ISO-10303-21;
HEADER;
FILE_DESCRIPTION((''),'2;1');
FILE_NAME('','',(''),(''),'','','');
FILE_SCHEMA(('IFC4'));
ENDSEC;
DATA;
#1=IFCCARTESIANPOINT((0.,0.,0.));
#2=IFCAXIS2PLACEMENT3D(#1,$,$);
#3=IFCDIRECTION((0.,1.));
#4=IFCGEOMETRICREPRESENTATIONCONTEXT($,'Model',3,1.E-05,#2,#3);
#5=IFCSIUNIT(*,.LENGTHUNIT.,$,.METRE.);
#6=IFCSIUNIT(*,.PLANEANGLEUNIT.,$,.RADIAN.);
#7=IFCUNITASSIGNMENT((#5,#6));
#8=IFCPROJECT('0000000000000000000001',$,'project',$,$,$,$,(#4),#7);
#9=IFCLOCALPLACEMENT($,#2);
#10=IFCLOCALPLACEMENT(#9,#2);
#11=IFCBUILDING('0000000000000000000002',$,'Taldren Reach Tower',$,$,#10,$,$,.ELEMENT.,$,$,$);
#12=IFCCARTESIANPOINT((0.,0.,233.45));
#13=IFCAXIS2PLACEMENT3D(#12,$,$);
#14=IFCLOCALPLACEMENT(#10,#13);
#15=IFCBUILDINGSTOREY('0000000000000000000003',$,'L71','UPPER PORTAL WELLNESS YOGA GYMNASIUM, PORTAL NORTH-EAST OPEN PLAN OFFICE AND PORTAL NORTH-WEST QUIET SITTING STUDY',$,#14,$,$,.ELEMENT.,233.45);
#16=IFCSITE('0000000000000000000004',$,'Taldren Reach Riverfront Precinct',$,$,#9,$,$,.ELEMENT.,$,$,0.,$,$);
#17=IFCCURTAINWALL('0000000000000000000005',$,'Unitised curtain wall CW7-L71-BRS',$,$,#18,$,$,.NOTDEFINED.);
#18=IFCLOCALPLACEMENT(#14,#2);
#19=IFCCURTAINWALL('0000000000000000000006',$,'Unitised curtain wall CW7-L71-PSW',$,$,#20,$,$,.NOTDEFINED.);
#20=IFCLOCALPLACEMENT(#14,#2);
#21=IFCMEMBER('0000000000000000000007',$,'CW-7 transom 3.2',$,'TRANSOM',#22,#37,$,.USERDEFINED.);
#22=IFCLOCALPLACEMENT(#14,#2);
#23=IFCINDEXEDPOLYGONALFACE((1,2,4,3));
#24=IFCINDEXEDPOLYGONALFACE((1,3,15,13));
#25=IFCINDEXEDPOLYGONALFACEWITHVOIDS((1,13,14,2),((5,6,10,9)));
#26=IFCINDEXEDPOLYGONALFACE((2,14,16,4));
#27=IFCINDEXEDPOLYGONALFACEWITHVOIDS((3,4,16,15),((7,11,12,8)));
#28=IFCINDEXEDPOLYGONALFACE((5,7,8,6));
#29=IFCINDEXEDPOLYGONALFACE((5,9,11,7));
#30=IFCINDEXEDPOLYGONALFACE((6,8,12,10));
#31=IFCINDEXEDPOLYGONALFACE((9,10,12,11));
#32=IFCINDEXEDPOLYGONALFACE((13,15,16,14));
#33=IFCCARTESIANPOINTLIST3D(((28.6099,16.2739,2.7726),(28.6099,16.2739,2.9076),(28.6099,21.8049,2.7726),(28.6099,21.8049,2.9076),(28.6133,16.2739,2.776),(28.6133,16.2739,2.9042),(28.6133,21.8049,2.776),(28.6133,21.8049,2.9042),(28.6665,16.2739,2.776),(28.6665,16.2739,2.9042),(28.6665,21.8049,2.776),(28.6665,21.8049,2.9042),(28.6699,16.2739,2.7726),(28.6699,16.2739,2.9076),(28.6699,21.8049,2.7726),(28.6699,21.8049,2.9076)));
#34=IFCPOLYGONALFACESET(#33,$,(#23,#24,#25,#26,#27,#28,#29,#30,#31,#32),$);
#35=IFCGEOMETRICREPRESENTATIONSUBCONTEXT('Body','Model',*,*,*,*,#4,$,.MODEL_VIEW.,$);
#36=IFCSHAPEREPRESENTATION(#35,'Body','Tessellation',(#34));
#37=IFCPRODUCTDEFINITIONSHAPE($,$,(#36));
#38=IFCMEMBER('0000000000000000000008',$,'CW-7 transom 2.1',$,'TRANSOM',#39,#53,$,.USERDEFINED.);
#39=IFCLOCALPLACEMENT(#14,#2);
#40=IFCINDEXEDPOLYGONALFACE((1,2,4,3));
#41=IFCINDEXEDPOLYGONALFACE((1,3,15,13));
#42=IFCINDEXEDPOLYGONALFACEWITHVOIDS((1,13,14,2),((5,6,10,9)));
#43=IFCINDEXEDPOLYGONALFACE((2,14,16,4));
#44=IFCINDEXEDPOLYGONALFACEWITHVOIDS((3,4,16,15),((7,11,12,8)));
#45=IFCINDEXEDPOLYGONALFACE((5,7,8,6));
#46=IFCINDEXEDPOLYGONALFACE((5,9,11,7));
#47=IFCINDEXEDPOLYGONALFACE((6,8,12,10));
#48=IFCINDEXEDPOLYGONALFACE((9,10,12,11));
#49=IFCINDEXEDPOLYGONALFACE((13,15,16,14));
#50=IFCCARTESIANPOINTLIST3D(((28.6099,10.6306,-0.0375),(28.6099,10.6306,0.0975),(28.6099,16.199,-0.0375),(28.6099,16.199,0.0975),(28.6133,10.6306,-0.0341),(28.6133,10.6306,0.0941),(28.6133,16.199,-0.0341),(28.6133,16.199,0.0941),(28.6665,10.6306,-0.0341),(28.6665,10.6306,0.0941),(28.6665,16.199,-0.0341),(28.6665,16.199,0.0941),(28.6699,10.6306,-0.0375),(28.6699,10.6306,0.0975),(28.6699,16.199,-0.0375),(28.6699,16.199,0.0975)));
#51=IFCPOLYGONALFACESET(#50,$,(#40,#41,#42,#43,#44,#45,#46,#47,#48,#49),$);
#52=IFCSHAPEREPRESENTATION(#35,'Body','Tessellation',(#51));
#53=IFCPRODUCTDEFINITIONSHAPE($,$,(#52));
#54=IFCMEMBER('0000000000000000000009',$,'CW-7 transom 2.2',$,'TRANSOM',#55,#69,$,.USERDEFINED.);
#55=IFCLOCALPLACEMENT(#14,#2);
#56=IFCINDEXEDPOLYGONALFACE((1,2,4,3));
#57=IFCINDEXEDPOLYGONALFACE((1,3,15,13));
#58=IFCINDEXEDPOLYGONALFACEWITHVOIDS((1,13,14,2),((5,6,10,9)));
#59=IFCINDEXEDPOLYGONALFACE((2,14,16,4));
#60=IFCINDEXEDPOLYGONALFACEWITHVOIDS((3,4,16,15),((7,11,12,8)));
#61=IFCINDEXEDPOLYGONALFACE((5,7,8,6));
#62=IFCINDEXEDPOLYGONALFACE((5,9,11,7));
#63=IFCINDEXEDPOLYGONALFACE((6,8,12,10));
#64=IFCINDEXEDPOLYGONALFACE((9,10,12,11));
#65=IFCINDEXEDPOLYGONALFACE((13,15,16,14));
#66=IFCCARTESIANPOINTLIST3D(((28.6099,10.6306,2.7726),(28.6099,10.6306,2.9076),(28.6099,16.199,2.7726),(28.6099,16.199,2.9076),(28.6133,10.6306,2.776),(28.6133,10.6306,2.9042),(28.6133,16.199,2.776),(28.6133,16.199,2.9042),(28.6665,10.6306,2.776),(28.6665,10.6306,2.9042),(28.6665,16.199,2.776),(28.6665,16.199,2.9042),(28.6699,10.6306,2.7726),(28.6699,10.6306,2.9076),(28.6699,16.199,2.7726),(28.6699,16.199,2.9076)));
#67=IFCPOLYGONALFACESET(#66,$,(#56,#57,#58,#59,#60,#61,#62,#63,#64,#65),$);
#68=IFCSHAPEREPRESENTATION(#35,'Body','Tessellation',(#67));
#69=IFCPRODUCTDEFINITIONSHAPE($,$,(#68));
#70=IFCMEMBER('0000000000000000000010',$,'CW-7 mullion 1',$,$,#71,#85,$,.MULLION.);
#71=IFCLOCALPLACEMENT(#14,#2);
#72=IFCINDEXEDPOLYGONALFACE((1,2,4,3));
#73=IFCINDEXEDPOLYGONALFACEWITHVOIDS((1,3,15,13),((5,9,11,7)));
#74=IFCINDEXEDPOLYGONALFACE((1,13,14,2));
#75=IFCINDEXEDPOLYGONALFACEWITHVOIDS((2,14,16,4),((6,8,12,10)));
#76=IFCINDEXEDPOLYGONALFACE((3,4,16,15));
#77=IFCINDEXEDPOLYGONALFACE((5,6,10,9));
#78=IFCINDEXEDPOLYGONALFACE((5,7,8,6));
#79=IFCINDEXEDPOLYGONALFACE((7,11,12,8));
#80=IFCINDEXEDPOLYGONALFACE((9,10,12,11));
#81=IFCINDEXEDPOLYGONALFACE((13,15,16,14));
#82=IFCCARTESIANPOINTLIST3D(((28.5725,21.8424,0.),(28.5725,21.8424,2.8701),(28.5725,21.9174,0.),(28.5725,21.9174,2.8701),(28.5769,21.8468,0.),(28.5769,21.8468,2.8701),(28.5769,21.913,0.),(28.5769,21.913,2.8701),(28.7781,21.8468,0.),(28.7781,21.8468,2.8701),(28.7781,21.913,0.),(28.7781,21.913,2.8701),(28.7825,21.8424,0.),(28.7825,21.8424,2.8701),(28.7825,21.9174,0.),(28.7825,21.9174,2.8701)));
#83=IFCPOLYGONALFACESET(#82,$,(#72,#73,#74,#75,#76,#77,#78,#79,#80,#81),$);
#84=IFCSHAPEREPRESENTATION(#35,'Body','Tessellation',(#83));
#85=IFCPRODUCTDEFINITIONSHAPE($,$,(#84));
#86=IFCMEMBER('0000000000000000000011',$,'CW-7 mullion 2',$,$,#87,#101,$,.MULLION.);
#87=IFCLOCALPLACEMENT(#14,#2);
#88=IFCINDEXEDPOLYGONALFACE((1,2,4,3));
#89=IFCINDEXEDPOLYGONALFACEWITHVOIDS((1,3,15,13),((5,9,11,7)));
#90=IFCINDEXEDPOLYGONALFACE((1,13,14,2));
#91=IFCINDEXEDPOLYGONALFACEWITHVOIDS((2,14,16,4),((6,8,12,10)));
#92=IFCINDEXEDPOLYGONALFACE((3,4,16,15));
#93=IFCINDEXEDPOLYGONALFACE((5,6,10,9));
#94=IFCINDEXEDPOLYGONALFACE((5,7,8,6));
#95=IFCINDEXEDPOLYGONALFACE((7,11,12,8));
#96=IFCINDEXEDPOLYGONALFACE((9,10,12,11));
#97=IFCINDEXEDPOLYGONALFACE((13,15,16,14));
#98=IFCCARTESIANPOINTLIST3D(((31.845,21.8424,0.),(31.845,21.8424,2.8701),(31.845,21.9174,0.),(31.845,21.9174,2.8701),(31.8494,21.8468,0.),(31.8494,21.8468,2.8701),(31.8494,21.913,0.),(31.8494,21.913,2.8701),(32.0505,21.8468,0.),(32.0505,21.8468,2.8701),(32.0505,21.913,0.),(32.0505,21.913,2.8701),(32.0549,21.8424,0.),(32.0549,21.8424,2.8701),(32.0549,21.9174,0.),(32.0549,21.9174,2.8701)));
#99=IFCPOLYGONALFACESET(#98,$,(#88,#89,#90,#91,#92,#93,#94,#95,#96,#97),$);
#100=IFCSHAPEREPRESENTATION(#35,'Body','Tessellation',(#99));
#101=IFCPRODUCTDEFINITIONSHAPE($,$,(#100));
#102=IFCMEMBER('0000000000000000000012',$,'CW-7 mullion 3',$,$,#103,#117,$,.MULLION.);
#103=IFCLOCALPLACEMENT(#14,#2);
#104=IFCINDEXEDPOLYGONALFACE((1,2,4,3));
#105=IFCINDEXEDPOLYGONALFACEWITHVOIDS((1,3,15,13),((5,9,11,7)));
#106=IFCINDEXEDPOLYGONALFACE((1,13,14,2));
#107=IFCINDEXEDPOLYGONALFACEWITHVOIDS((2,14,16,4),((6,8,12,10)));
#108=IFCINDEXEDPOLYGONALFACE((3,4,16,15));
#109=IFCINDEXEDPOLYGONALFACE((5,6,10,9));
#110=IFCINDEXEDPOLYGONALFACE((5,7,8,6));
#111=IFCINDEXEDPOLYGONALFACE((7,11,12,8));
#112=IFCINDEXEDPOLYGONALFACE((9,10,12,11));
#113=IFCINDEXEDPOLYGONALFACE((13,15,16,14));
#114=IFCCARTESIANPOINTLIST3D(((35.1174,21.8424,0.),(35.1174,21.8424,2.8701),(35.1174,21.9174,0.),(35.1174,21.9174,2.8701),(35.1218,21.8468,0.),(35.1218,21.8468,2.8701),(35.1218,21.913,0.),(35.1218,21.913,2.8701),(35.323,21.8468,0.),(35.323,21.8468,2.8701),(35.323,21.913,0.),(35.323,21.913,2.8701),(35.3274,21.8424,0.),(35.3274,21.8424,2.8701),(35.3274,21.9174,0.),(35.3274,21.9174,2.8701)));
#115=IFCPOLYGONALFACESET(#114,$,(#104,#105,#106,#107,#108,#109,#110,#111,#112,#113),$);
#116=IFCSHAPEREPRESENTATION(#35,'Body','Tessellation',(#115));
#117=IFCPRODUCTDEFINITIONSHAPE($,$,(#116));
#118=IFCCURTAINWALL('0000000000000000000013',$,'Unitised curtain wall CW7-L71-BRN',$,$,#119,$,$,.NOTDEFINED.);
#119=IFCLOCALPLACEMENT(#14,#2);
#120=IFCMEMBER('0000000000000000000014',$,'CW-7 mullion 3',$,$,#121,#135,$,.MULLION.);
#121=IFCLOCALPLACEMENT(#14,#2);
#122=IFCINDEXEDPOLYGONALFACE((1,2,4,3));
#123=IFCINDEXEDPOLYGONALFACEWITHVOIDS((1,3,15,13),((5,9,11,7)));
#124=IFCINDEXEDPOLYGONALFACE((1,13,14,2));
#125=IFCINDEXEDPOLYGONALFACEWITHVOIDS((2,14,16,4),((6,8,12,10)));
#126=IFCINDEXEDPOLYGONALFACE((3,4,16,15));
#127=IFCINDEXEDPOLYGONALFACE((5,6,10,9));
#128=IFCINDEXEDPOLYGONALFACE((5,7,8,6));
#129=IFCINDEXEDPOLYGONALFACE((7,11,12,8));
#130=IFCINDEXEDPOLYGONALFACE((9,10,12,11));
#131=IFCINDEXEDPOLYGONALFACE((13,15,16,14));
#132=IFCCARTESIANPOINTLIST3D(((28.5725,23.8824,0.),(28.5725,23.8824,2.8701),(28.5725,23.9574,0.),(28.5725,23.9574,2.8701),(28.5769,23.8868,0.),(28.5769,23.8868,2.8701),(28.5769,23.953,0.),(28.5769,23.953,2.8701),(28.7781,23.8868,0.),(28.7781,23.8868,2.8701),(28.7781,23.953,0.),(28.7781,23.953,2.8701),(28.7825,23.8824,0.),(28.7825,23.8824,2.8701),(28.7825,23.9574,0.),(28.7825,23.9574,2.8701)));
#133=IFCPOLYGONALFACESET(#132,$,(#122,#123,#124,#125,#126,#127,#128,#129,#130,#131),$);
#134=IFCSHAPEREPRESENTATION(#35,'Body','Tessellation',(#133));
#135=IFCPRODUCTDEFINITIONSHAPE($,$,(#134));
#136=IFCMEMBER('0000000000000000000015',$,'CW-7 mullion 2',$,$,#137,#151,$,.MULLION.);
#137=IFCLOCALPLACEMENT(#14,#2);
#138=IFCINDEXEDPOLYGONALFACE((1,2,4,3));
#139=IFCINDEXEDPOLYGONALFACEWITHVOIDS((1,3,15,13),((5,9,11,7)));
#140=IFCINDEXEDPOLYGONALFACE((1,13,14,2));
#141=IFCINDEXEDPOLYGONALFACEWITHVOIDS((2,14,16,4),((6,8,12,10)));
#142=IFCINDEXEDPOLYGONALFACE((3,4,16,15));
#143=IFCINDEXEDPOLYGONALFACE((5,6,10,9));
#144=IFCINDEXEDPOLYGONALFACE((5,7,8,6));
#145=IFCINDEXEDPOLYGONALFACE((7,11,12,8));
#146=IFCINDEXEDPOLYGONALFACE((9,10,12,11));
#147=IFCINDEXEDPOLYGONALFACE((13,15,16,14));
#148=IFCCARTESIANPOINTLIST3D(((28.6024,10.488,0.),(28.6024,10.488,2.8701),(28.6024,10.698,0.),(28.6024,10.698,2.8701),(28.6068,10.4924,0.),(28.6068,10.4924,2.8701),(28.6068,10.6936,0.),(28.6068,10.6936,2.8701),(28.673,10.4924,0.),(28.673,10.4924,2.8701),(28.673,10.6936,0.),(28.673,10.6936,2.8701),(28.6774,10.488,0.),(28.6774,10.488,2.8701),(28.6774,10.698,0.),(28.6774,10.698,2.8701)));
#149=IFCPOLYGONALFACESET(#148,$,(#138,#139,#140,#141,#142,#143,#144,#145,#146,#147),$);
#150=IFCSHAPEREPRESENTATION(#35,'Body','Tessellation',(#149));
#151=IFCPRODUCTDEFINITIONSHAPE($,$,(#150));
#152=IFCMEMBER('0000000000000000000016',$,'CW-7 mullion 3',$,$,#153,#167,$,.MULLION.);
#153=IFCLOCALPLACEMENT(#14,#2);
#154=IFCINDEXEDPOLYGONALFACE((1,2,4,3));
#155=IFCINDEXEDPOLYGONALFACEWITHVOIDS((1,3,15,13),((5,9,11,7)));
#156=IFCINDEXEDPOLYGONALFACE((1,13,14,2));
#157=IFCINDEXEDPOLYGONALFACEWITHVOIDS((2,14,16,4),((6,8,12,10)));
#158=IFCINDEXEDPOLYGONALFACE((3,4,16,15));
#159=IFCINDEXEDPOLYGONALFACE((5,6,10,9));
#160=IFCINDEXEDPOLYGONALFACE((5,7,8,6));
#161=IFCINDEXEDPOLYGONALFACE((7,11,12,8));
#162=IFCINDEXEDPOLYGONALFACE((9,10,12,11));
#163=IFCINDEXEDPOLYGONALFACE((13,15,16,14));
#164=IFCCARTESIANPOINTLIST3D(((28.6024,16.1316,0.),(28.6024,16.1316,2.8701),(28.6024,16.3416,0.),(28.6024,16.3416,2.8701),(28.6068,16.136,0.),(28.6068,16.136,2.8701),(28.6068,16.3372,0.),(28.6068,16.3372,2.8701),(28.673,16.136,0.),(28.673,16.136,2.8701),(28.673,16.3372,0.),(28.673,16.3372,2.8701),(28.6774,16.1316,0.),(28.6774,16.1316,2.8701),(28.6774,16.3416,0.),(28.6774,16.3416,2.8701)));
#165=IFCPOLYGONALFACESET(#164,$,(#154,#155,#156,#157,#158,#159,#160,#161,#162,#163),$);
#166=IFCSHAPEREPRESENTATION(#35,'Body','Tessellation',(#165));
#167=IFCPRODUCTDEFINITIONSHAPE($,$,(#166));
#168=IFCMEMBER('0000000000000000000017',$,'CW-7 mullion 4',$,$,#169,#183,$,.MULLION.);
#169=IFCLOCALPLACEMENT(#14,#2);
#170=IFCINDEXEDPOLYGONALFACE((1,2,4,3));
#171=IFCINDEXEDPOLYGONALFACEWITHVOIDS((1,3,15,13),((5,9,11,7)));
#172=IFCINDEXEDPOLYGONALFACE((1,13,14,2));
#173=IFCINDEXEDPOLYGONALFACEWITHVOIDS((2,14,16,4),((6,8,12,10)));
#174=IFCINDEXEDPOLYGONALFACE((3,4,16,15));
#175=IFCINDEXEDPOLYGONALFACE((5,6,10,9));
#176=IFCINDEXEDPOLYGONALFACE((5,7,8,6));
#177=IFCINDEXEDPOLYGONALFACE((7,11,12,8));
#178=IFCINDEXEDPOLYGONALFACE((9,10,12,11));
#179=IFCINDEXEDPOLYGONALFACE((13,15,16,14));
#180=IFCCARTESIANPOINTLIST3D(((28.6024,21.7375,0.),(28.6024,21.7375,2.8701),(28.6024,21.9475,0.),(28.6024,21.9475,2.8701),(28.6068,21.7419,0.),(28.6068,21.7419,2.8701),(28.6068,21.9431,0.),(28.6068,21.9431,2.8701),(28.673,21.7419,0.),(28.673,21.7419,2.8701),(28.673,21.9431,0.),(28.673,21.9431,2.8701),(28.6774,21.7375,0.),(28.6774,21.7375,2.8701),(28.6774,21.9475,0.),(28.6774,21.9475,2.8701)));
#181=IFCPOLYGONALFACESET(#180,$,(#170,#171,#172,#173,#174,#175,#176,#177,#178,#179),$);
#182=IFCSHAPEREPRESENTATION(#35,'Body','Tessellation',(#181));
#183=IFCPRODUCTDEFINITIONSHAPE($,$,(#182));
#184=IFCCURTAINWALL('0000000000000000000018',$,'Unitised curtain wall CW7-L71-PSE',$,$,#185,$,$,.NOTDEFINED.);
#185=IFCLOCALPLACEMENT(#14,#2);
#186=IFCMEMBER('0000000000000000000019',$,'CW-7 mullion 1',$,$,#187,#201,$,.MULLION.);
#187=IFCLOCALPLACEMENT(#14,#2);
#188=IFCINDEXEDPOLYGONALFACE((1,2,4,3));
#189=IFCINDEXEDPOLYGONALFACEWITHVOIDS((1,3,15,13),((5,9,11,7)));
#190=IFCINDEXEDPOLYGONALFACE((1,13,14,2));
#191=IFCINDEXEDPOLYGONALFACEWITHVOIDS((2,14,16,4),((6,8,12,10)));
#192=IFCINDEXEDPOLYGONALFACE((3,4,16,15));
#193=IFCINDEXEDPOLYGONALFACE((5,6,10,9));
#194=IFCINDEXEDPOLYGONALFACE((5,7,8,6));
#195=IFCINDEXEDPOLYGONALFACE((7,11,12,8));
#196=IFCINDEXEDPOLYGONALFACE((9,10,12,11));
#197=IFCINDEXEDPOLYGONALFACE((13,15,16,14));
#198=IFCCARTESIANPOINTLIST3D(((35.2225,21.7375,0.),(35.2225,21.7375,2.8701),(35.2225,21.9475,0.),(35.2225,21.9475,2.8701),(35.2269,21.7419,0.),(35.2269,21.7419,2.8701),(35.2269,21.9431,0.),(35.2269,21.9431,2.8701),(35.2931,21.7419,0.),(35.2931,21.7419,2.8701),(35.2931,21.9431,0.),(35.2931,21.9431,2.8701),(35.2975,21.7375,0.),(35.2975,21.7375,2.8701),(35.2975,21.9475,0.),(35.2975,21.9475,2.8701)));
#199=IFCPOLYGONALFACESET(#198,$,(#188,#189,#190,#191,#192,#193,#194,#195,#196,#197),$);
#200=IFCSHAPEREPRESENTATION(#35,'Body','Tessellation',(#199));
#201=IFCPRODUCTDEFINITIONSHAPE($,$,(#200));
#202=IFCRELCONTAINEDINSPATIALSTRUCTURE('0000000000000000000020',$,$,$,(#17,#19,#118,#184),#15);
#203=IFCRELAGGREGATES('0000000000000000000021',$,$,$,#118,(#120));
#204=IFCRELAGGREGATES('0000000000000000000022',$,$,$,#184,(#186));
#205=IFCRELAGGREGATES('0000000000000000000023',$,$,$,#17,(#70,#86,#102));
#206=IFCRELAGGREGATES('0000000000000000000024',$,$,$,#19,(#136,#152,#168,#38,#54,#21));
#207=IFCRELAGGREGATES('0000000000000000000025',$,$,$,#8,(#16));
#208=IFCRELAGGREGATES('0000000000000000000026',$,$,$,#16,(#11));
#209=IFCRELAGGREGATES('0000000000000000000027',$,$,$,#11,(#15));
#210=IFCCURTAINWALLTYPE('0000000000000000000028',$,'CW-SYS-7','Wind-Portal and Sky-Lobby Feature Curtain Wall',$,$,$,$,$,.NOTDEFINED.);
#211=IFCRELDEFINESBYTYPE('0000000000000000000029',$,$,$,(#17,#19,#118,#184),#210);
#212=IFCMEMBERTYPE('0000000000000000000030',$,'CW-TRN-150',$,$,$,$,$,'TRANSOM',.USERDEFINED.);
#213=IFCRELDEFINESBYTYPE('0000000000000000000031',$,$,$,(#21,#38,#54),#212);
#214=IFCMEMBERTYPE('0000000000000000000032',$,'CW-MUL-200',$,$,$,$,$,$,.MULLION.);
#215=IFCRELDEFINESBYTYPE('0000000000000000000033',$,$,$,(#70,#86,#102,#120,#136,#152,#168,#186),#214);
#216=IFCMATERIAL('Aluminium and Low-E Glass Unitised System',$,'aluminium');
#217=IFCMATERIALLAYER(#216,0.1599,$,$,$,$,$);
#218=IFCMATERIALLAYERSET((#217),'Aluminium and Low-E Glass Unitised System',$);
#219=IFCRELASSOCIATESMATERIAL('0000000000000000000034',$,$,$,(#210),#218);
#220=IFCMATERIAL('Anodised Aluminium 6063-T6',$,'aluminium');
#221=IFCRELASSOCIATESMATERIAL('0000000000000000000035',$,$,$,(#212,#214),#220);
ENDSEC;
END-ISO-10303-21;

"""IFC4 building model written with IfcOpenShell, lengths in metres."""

from ifc_helpers import new_model, si_unit, direction, frame, origin, origin_2d, place, context, subcontext, project, spatial, hollow_rectangle, extrude, source, transform, mapped, material, layer, layer_set, material_profile, profile_set, type_object, element, aggregate, save


model = new_model("IFC4")

# Units and contexts
model_context = context("Model", 3, precision=1e-05, world=origin(), true_north=direction((0.0, 1.0)))
body_context = subcontext(model_context, "Body", "Model", "MODEL_VIEW")
ifc_project = project(units=[si_unit("LENGTHUNIT", "METRE"), si_unit("PLANEANGLEUNIT", "RADIAN")], contexts=[model_context])

# Site, building, storey
site_placement = place(None, origin())
site = spatial("IfcSite", under=ifc_project, at=site_placement, Name="Taldren Reach Riverfront Precinct", CompositionType="ELEMENT", RefElevation=0.0)
building_placement = place(site_placement, origin())
building = spatial("IfcBuilding", under=site, at=building_placement, Name="Taldren Reach Tower", CompositionType="ELEMENT")
storey_placement = place(building_placement, frame((0.0, 0.0, 233.45)))
storey = spatial("IfcBuildingStorey", under=building, at=storey_placement, Name="L71", Description="UPPER PORTAL WELLNESS YOGA GYMNASIUM, PORTAL NORTH-EAST OPEN PLAN OFFICE AND PORTAL NORTH-WEST QUIET SITTING STUDY", CompositionType="ELEMENT", Elevation=233.45)

# Curtain walls, members
ifc_material_1 = material(Name="Aluminium and Low-E Glass Unitised System", Category="aluminium")
ifc_layer_1 = layer(ifc_material_1, 0.1599)
ifc_layer_set_1 = layer_set([ifc_layer_1], Name="Aluminium and Low-E Glass Unitised System")
curtain_wall_type = type_object("IfcCurtainWallType", Name="CW-SYS-7", Description="Wind-Portal and Sky-Lobby Feature Curtain Wall", PredefinedType="NOTDEFINED", material=ifc_layer_set_1)
curtain_wall_1_placement = place(storey_placement, origin())
curtain_wall_1 = element("IfcCurtainWall", 1, at=curtain_wall_1_placement, inside=storey, type_object=curtain_wall_type, Name="Unitised curtain wall CW7-L71-BRS", PredefinedType="NOTDEFINED")
ifc_material_2 = material(Name="Anodised Aluminium 6063-T6", Category="aluminium")
ifc_material_profile_1 = material_profile(ifc_material_2, hollow_rectangle(XDim=0.0601, YDim=0.135, WallThickness=0.0034, at=origin_2d()), Name="ALU-135x60x3.5RHS")
ifc_profile_set_1 = profile_set([ifc_material_profile_1], Name="Anodised Aluminium 6063-T6")
member_type_1 = type_object("IfcMemberType", Name="CW-TRN-150", ElementType="TRANSOM", PredefinedType="USERDEFINED", material=ifc_profile_set_1)
curtain_wall_2_placement = place(storey_placement, origin())
curtain_wall_2 = element("IfcCurtainWall", 2, at=curtain_wall_2_placement, inside=storey, type_object=curtain_wall_type, Name="Unitised curtain wall CW7-L71-PSW", PredefinedType="NOTDEFINED")
shared_shape_1 = source(origin(), body_context, "Body", "SweptSolid", [
    extrude(hollow_rectangle(XDim=0.0601, YDim=0.135, WallThickness=0.0034, at=origin_2d()), origin(), (0.0, 0.0, 1.0), 5.531),
])
member_1_placement = place(storey_placement, frame((28.6399, 16.2739, 2.8401), z_axis=(0.0, 1.0, 0.0), x_axis=(-1.0, 0.0, 0.0)))
member_1 = element("IfcMember", 3, at=member_1_placement, type_object=member_type_1, Name="CW-7 transom 3.2", ObjectType="TRANSOM", PredefinedType="USERDEFINED", context=body_context, shape_type="MappedRepresentation", body=[
    mapped(shared_shape_1, transform((0.0, 0.0, 0.0), scale=1.0)),
])
shared_shape_2 = source(origin(), body_context, "Body", "SweptSolid", [
    extrude(hollow_rectangle(XDim=0.0601, YDim=0.135, WallThickness=0.0034, at=origin_2d()), origin(), (0.0, 0.0, 1.0), 5.5684),
])
member_2_placement = place(storey_placement, frame((28.6399, 10.6306, 0.03), z_axis=(0.0, 1.0, 0.0), x_axis=(-1.0, 0.0, 0.0)))
member_2 = element("IfcMember", 4, at=member_2_placement, type_object=member_type_1, Name="CW-7 transom 2.1", ObjectType="TRANSOM", PredefinedType="USERDEFINED", context=body_context, shape_type="MappedRepresentation", body=[
    mapped(shared_shape_2, transform((0.0, 0.0, 0.0), scale=1.0)),
])
member_3_placement = place(storey_placement, frame((28.6399, 10.6306, 2.8401), z_axis=(0.0, 1.0, 0.0), x_axis=(-1.0, 0.0, 0.0)))
member_3 = element("IfcMember", 5, at=member_3_placement, type_object=member_type_1, Name="CW-7 transom 2.2", ObjectType="TRANSOM", PredefinedType="USERDEFINED", context=body_context, shape_type="MappedRepresentation", body=[
    mapped(shared_shape_2, transform((0.0, 0.0, 0.0), scale=1.0)),
])

# Members
ifc_material_profile_2 = material_profile(ifc_material_2, hollow_rectangle(XDim=0.075, YDim=0.21, WallThickness=0.0044, at=origin_2d()), Name="ALU-210x75x4.5RHS")
ifc_profile_set_2 = profile_set([ifc_material_profile_2], Name="Anodised Aluminium 6063-T6")
member_type_2 = type_object("IfcMemberType", Name="CW-MUL-200", PredefinedType="MULLION", material=ifc_profile_set_2)
shared_shape_3 = source(origin(), body_context, "Body", "SweptSolid", [
    extrude(hollow_rectangle(XDim=0.075, YDim=0.21, WallThickness=0.0044, at=origin_2d()), origin(), (0.0, 0.0, 1.0), 2.8701),
])
member_4_placement = place(storey_placement, frame((28.6775, 21.8799, 0.0), z_axis=(0.0, 0.0, 1.0), x_axis=(0.0, 1.0, 0.0)))
member_4 = element("IfcMember", 6, at=member_4_placement, type_object=member_type_2, Name="CW-7 mullion 1", PredefinedType="MULLION", context=body_context, shape_type="MappedRepresentation", body=[
    mapped(shared_shape_3, transform((0.0, 0.0, 0.0), scale=1.0)),
])
member_5_placement = place(storey_placement, frame((31.95, 21.8799, 0.0), z_axis=(0.0, 0.0, 1.0), x_axis=(0.0, 1.0, 0.0)))
member_5 = element("IfcMember", 7, at=member_5_placement, type_object=member_type_2, Name="CW-7 mullion 2", PredefinedType="MULLION", context=body_context, shape_type="MappedRepresentation", body=[
    mapped(shared_shape_3, transform((0.0, 0.0, 0.0), scale=1.0)),
])
member_6_placement = place(storey_placement, frame((35.2224, 21.8799, 0.0), z_axis=(0.0, 0.0, 1.0), x_axis=(0.0, 1.0, 0.0)))
member_6 = element("IfcMember", 8, at=member_6_placement, type_object=member_type_2, Name="CW-7 mullion 3", PredefinedType="MULLION", context=body_context, shape_type="MappedRepresentation", body=[
    mapped(shared_shape_3, transform((0.0, 0.0, 0.0), scale=1.0)),
])

# Curtain wall, member
curtain_wall_3_placement = place(storey_placement, origin())
curtain_wall_3 = element("IfcCurtainWall", 9, at=curtain_wall_3_placement, inside=storey, type_object=curtain_wall_type, Name="Unitised curtain wall CW7-L71-BRN", PredefinedType="NOTDEFINED")
member_7_placement = place(storey_placement, frame((28.6775, 23.9199, 0.0), z_axis=(0.0, 0.0, 1.0), x_axis=(0.0, -1.0, 0.0)))
member_7 = element("IfcMember", 10, at=member_7_placement, type_object=member_type_2, Name="CW-7 mullion 3", PredefinedType="MULLION", context=body_context, shape_type="MappedRepresentation", body=[
    mapped(shared_shape_3, transform((0.0, 0.0, 0.0), scale=1.0)),
])
aggregate(curtain_wall_3, [member_7])

# Members
member_8_placement = place(storey_placement, frame((28.6399, 10.593, 0.0), z_axis=(0.0, 0.0, 1.0), x_axis=(-1.0, 0.0, 0.0)))
member_8 = element("IfcMember", 11, at=member_8_placement, type_object=member_type_2, Name="CW-7 mullion 2", PredefinedType="MULLION", context=body_context, shape_type="MappedRepresentation", body=[
    mapped(shared_shape_3, transform((0.0, 0.0, 0.0), scale=1.0)),
])
member_9_placement = place(storey_placement, frame((28.6399, 16.2366, 0.0), z_axis=(0.0, 0.0, 1.0), x_axis=(-1.0, 0.0, 0.0)))
member_9 = element("IfcMember", 12, at=member_9_placement, type_object=member_type_2, Name="CW-7 mullion 3", PredefinedType="MULLION", context=body_context, shape_type="MappedRepresentation", body=[
    mapped(shared_shape_3, transform((0.0, 0.0, 0.0), scale=1.0)),
])
member_10_placement = place(storey_placement, frame((28.6399, 21.8425, 0.0), z_axis=(0.0, 0.0, 1.0), x_axis=(-1.0, 0.0, 0.0)))
member_10 = element("IfcMember", 13, at=member_10_placement, type_object=member_type_2, Name="CW-7 mullion 4", PredefinedType="MULLION", context=body_context, shape_type="MappedRepresentation", body=[
    mapped(shared_shape_3, transform((0.0, 0.0, 0.0), scale=1.0)),
])

# Curtain wall, member
curtain_wall_4_placement = place(storey_placement, origin())
curtain_wall_4 = element("IfcCurtainWall", 14, at=curtain_wall_4_placement, inside=storey, type_object=curtain_wall_type, Name="Unitised curtain wall CW7-L71-PSE", PredefinedType="NOTDEFINED")
member_11_placement = place(storey_placement, frame((35.26, 21.8425, 0.0), z_axis=(0.0, 0.0, 1.0), x_axis=(1.0, 0.0, 0.0)))
member_11 = element("IfcMember", 15, at=member_11_placement, type_object=member_type_2, Name="CW-7 mullion 1", PredefinedType="MULLION", context=body_context, shape_type="MappedRepresentation", body=[
    mapped(shared_shape_3, transform((0.0, 0.0, 0.0), scale=1.0)),
])
aggregate(curtain_wall_4, [member_11])

aggregate(curtain_wall_1, [member_4, member_5, member_6])
aggregate(curtain_wall_2, [member_8, member_9, member_10, member_2, member_3, member_1])

save(model, "model.ifc")
